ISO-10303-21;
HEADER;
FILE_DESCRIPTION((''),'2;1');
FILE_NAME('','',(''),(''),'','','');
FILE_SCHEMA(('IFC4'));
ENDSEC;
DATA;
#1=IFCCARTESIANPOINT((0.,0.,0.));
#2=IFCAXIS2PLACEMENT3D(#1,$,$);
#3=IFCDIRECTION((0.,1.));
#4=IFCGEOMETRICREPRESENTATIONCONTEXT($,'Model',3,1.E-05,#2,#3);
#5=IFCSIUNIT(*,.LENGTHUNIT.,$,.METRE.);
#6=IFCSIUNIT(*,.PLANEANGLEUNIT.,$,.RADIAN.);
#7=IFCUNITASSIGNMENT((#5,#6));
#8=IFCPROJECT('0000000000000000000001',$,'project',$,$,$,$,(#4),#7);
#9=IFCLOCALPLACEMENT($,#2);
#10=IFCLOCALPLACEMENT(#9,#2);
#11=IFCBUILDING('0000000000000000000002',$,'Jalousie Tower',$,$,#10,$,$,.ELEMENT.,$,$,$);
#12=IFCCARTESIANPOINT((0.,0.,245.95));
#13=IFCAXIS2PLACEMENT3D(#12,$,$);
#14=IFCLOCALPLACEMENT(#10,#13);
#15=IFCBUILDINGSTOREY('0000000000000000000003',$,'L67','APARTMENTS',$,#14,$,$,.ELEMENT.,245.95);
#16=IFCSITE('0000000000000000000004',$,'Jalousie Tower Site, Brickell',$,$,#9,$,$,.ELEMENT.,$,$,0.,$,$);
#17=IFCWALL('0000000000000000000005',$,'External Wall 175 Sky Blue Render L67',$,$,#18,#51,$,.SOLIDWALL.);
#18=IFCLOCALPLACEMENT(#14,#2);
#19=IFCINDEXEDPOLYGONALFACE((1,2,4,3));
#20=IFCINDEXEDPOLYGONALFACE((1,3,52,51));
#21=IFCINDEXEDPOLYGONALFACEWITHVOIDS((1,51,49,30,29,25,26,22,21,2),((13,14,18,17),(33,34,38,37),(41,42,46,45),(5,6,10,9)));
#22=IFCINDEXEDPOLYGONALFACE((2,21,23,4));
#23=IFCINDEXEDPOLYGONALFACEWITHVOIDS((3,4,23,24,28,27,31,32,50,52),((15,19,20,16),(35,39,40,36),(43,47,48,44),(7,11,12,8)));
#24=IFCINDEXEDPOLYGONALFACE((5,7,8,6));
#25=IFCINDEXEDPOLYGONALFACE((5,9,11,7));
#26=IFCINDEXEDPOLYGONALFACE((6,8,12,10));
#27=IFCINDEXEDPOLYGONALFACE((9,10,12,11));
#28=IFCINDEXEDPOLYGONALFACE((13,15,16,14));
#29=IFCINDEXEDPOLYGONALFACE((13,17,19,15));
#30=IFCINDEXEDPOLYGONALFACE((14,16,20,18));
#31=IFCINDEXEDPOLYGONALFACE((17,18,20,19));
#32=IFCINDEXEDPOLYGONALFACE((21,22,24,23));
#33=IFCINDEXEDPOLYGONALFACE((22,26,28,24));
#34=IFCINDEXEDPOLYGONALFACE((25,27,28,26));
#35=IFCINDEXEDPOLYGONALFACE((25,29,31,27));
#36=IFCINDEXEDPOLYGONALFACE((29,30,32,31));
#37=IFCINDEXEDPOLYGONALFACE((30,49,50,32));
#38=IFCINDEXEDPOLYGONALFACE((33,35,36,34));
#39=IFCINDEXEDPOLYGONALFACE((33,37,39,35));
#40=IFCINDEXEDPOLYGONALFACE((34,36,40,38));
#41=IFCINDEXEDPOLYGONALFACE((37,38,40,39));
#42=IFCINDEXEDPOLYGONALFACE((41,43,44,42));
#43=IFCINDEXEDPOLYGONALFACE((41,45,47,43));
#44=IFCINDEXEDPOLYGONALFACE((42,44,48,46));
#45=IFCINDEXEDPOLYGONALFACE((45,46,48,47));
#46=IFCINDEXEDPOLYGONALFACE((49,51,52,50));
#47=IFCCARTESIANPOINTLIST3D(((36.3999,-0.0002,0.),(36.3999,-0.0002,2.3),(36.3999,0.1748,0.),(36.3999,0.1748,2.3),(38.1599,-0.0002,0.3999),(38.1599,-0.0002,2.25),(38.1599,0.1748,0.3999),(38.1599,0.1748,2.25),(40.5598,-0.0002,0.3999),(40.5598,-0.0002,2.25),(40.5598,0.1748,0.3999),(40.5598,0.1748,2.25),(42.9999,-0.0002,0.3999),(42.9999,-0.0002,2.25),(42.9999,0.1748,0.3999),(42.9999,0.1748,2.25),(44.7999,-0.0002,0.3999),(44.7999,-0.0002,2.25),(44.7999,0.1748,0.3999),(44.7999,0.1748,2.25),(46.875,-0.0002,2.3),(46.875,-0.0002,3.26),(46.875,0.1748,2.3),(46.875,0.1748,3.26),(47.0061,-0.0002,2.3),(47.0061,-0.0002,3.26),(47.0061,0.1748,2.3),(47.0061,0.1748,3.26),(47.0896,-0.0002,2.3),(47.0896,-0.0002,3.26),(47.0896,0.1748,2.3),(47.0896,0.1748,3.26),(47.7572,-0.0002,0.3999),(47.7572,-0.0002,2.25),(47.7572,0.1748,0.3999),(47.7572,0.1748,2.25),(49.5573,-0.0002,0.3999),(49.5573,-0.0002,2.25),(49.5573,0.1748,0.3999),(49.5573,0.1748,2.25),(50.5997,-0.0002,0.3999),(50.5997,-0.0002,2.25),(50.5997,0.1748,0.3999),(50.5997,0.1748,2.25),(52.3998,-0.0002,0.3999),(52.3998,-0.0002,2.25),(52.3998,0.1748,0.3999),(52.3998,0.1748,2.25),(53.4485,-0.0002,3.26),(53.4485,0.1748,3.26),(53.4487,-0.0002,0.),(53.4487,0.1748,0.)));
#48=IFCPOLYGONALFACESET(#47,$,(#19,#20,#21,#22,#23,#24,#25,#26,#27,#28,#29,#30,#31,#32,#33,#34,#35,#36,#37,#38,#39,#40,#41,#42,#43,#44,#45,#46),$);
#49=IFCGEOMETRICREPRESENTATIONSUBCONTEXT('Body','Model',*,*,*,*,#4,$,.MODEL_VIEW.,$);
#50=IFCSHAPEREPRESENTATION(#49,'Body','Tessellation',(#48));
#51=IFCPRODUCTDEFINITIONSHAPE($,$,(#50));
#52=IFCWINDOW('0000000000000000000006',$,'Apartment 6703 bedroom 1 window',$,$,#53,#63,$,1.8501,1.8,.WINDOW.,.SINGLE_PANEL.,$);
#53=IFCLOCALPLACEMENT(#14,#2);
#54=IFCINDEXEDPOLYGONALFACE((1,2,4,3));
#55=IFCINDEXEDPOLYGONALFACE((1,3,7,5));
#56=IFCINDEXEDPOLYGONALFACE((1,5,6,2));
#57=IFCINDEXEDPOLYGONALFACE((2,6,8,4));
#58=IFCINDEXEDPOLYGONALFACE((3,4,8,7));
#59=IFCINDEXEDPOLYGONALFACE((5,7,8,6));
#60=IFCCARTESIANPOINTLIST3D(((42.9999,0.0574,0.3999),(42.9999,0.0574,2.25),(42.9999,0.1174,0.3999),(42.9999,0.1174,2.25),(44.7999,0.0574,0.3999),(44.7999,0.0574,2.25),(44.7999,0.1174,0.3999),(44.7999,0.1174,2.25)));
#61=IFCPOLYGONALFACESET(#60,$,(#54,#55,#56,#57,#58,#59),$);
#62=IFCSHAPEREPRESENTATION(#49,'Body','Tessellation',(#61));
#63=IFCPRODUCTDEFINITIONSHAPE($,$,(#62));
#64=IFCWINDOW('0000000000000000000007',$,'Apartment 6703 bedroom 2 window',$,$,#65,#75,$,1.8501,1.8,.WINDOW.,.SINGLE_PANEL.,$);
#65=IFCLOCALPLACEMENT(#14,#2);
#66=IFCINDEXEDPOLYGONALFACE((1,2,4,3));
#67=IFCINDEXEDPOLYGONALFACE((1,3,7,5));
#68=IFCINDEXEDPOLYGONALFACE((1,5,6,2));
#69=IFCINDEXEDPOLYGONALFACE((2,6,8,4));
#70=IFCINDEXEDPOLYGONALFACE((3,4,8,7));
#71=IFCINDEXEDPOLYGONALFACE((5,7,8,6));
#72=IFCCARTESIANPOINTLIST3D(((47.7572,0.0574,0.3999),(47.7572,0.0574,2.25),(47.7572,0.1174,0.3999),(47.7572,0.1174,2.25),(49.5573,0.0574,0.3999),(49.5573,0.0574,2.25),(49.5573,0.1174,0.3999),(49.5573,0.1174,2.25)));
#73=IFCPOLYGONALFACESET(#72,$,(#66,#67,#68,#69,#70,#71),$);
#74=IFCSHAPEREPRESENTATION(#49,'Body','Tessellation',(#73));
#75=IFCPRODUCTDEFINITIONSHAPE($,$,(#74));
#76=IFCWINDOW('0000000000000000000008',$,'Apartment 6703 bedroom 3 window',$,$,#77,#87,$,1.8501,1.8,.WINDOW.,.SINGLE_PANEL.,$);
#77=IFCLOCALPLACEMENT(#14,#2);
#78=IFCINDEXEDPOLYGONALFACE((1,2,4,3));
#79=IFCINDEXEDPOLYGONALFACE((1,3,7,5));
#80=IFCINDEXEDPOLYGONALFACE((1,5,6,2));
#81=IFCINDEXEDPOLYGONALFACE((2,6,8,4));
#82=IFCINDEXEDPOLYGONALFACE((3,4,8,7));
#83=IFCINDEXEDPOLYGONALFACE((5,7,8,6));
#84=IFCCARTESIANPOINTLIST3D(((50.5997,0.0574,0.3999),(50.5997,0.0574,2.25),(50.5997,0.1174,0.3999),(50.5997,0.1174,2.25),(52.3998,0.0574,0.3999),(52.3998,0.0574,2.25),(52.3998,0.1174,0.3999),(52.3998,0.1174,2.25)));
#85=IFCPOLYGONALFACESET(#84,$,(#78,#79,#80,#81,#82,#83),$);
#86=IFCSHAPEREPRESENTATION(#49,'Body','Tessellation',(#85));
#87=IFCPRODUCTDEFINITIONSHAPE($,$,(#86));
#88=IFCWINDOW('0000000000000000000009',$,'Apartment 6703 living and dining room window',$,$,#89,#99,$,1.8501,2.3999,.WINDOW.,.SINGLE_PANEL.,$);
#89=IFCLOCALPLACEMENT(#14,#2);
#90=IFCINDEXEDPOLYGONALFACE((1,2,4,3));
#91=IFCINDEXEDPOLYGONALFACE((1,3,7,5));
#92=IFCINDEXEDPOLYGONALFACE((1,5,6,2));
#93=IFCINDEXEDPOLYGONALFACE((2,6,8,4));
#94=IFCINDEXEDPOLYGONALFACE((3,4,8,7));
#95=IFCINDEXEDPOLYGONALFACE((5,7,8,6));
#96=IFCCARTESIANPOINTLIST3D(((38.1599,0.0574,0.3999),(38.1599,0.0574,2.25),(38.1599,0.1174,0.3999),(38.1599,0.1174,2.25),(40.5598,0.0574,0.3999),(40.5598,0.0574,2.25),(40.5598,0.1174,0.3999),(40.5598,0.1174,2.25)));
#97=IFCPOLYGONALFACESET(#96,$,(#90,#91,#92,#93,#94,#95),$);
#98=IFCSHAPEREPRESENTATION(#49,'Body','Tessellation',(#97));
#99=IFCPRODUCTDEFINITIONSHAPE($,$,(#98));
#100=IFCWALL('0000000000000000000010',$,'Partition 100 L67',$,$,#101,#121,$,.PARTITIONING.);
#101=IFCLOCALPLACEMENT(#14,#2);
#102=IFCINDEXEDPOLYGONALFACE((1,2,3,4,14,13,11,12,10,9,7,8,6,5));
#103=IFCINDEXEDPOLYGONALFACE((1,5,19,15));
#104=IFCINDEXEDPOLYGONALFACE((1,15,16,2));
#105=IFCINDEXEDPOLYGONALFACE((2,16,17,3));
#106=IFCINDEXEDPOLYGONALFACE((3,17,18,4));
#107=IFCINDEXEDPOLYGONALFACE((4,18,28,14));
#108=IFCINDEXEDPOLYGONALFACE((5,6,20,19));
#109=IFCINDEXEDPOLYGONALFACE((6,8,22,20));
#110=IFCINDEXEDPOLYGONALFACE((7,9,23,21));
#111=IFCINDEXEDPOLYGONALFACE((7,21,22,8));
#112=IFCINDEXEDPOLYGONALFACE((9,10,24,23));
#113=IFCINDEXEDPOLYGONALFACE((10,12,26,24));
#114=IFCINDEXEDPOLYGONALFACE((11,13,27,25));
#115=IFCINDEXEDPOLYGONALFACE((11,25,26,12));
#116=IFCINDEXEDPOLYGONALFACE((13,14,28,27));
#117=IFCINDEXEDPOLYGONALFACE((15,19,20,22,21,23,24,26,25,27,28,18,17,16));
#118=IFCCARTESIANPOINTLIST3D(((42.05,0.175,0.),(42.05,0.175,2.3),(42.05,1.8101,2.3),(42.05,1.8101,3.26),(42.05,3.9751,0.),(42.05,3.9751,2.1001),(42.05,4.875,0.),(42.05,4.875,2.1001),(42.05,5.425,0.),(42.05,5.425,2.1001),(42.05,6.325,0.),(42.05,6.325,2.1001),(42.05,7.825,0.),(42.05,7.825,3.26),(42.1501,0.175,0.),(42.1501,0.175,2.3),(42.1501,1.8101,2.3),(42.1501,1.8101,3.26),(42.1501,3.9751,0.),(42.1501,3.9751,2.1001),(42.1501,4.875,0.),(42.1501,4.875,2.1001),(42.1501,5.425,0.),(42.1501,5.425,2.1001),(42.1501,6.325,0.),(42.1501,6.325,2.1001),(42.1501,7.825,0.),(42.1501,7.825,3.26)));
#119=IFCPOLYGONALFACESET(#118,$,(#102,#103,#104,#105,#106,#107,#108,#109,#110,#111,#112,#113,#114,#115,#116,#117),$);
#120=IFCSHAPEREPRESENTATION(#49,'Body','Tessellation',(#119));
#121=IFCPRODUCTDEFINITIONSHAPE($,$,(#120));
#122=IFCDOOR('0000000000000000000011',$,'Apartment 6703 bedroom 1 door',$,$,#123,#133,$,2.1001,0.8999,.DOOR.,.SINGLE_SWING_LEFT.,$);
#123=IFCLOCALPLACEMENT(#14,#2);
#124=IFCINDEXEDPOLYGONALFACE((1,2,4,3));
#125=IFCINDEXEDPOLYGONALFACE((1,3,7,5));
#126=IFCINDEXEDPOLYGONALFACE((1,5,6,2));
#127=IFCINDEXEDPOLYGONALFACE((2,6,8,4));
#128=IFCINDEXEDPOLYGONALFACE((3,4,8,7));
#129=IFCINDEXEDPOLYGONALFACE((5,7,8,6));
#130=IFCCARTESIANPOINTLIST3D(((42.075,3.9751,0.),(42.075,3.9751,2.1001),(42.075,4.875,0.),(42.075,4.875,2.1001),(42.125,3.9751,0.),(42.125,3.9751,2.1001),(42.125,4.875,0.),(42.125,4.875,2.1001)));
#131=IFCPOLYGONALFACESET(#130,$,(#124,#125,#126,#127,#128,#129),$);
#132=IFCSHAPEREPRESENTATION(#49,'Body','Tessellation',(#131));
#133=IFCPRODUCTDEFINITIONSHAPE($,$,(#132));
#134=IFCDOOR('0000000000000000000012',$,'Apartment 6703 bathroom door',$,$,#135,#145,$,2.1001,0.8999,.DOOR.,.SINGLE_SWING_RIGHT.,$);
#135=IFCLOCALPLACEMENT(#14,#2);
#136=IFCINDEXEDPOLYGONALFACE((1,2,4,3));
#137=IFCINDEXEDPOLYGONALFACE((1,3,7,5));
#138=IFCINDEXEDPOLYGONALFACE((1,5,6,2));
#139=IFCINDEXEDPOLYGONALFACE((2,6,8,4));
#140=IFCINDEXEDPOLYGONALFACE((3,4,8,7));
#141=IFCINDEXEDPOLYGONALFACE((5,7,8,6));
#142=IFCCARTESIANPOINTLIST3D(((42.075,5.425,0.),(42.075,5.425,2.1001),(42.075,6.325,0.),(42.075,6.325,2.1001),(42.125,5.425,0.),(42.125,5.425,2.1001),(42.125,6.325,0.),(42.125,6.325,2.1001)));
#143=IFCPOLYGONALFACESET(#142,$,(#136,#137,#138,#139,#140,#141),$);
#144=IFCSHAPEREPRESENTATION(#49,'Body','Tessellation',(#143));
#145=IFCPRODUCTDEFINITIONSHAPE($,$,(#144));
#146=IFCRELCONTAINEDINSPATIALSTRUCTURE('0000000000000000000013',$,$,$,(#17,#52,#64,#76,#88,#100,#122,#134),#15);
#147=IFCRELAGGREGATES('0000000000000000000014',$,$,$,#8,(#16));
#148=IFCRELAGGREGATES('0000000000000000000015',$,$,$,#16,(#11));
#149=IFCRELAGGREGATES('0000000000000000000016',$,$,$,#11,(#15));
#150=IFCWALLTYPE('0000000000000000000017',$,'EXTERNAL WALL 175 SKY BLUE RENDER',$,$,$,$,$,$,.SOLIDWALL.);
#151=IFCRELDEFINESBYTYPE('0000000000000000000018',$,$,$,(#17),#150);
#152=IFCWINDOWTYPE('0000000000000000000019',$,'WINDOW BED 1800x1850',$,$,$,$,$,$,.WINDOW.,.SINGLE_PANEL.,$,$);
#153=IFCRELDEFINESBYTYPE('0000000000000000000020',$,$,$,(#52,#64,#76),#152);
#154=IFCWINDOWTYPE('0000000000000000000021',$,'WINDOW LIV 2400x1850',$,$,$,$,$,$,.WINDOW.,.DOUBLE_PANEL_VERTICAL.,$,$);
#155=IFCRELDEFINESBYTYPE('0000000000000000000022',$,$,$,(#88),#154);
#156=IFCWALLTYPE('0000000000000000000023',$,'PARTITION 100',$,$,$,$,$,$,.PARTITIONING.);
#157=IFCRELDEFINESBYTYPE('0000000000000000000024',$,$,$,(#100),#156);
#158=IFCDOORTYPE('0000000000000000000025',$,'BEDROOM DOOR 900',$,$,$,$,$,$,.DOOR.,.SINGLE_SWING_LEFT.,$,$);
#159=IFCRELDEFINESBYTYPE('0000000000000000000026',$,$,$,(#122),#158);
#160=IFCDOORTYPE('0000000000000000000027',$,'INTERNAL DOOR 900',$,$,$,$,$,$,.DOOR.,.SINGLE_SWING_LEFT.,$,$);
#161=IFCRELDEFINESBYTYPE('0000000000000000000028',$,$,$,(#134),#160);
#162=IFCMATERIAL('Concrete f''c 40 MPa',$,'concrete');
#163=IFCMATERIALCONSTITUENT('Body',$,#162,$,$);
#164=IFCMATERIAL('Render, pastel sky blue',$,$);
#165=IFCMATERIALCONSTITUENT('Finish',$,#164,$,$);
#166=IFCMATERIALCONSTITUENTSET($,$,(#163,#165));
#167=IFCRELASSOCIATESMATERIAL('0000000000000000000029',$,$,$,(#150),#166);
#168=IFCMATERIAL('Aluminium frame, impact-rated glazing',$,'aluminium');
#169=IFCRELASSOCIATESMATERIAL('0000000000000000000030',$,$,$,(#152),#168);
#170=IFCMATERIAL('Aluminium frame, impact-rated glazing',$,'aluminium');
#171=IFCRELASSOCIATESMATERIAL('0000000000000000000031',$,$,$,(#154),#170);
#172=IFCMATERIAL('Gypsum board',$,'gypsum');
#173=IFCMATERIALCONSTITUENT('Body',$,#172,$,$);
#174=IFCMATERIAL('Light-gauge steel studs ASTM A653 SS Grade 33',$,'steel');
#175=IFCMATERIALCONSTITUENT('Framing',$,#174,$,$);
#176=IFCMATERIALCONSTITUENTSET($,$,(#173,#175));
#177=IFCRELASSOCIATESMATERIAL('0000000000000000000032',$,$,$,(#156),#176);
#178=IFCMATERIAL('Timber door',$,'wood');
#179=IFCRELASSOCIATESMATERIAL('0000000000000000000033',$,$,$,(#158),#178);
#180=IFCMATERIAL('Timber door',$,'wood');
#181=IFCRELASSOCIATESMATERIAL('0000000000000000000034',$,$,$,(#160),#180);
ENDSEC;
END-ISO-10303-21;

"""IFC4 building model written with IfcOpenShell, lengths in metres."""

from ifc_helpers import new_model, si_unit, direction, frame, frame_2d, origin, place, context, subcontext, project, spatial, polyline, rectangle, outline, extrude, material, constituent, constituent_set, type_object, element, fill, save


model = new_model("IFC4")

# Units and contexts
model_context = context("Model", 3, precision=1e-05, world=origin(), true_north=direction((0.0, 1.0)))
body_context = subcontext(model_context, "Body", "Model", "MODEL_VIEW")
ifc_project = project(units=[si_unit("LENGTHUNIT", "METRE"), si_unit("PLANEANGLEUNIT", "RADIAN")], contexts=[model_context])

# Site, building, storey
site_placement = place(None, origin())
site = spatial("IfcSite", under=ifc_project, at=site_placement, Name="Jalousie Tower Site, Brickell", CompositionType="ELEMENT", RefElevation=0.0)
building_placement = place(site_placement, origin())
building = spatial("IfcBuilding", under=site, at=building_placement, Name="Jalousie Tower", CompositionType="ELEMENT")
storey_placement = place(building_placement, frame((0.0, 0.0, 245.95)))
storey = spatial("IfcBuildingStorey", under=building, at=storey_placement, Name="L67", Description="APARTMENTS", CompositionType="ELEMENT", Elevation=245.95)

# Wall, openings, windows
ifc_material_1 = material(Name="Concrete f'c 40 MPa", Category="concrete")
ifc_constituent_1 = constituent(ifc_material_1, Name="Body")
ifc_material_2 = material(Name="Render, pastel sky blue")
ifc_constituent_2 = constituent(ifc_material_2, Name="Finish")
ifc_constituent_set_1 = constituent_set(constituents=[ifc_constituent_1, ifc_constituent_2])
wall_type_1 = type_object("IfcWallType", Name="EXTERNAL WALL 175 SKY BLUE RENDER", PredefinedType="SOLIDWALL", material=ifc_constituent_set_1)
wall_1_placement = place(storey_placement, frame((36.3999, 0.0874, 0.0), z_axis=(0.0, 0.0, 1.0), x_axis=(1.0, 0.0, 0.0)))
wall_1 = element("IfcWall", 1, at=wall_1_placement, inside=storey, type_object=wall_type_1, Name="External Wall 175 Sky Blue Render L67", PredefinedType="SOLIDWALL", context=body_context, shape_type="SweptSolid", body=[
    extrude(outline(polyline([(0.0, 0.0), (17.0488, 0.0), (17.0486, 3.26), (10.6897, 3.26), (10.6897, 2.3), (10.6062, 2.3), (10.6062, 3.26), (10.4751, 3.26), (10.4751, 2.3), (0.0, 2.3), (0.0, 0.0)])), frame((0.0, 0.0874, 0.0), z_axis=(0.0, -1.0, 0.0), x_axis=(1.0, 0.0, 0.0)), (0.0, 0.0, 1.0), 0.175),
])
opening_1_placement = place(wall_1_placement, frame((1.76, 0.0, 0.3999)))
opening_1 = element("IfcOpeningElement", 2, at=opening_1_placement, cuts=wall_1, PredefinedType="OPENING", context=body_context, shape_type="SweptSolid", body=[
    extrude(rectangle(XDim=2.3999, YDim=1.8501, at=frame_2d((1.2, 0.925))), frame((0.0, 0.0974, 0.0), z_axis=(0.0, -1.0, 0.0), x_axis=(1.0, 0.0, 0.0)), (0.0, 0.0, 1.0), 0.1951),
])
opening_2_placement = place(wall_1_placement, frame((6.6001, 0.0, 0.3999)))
opening_2 = element("IfcOpeningElement", 3, at=opening_2_placement, cuts=wall_1, PredefinedType="OPENING", context=body_context, shape_type="SweptSolid", body=[
    extrude(rectangle(XDim=1.8, YDim=1.8501, at=frame_2d((0.8999, 0.925))), frame((0.0, 0.0974, 0.0), z_axis=(0.0, -1.0, 0.0), x_axis=(1.0, 0.0, 0.0)), (0.0, 0.0, 1.0), 0.1951),
])
opening_3_placement = place(wall_1_placement, frame((11.3574, 0.0, 0.3999)))
opening_3 = element("IfcOpeningElement", 4, at=opening_3_placement, cuts=wall_1, PredefinedType="OPENING", context=body_context, shape_type="SweptSolid", body=[
    extrude(rectangle(XDim=1.8, YDim=1.8501, at=frame_2d((0.8999, 0.925))), frame((0.0, 0.0974, 0.0), z_axis=(0.0, -1.0, 0.0), x_axis=(1.0, 0.0, 0.0)), (0.0, 0.0, 1.0), 0.1951),
])
opening_4_placement = place(wall_1_placement, frame((14.2, 0.0, 0.3999)))
opening_4 = element("IfcOpeningElement", 5, at=opening_4_placement, cuts=wall_1, PredefinedType="OPENING", context=body_context, shape_type="SweptSolid", body=[
    extrude(rectangle(XDim=1.8, YDim=1.8501, at=frame_2d((0.8999, 0.925))), frame((0.0, 0.0974, 0.0), z_axis=(0.0, -1.0, 0.0), x_axis=(1.0, 0.0, 0.0)), (0.0, 0.0, 1.0), 0.1951),
])
ifc_material_3 = material(Name="Aluminium frame, impact-rated glazing", Category="aluminium")
window_type_1 = type_object("IfcWindowType", Name="WINDOW BED 1800x1850", PartitioningType="SINGLE_PANEL", PredefinedType="WINDOW", material=ifc_material_3)
window_1_placement = place(opening_2_placement, origin())
window_1 = element("IfcWindow", 6, at=window_1_placement, inside=storey, type_object=window_type_1, Name="Apartment 6703 bedroom 1 window", OverallHeight=1.8501, OverallWidth=1.8, PartitioningType="SINGLE_PANEL", PredefinedType="WINDOW", context=body_context, shape_type="SweptSolid", body=[
    extrude(rectangle(XDim=1.8, YDim=1.8501, at=frame_2d((0.8999, 0.925))), frame((0.0, 0.03, 0.0), z_axis=(0.0, -1.0, 0.0), x_axis=(1.0, 0.0, 0.0)), (0.0, 0.0, 1.0), 0.0601),
])
fill(opening_2, window_1)
window_2_placement = place(opening_3_placement, origin())
window_2 = element("IfcWindow", 7, at=window_2_placement, inside=storey, type_object=window_type_1, Name="Apartment 6703 bedroom 2 window", OverallHeight=1.8501, OverallWidth=1.8, PartitioningType="SINGLE_PANEL", PredefinedType="WINDOW", context=body_context, shape_type="SweptSolid", body=[
    extrude(rectangle(XDim=1.8, YDim=1.8501, at=frame_2d((0.8999, 0.925))), frame((0.0, 0.03, 0.0), z_axis=(0.0, -1.0, 0.0), x_axis=(1.0, 0.0, 0.0)), (0.0, 0.0, 1.0), 0.0601),
])
fill(opening_3, window_2)
window_3_placement = place(opening_4_placement, origin())
window_3 = element("IfcWindow", 8, at=window_3_placement, inside=storey, type_object=window_type_1, Name="Apartment 6703 bedroom 3 window", OverallHeight=1.8501, OverallWidth=1.8, PartitioningType="SINGLE_PANEL", PredefinedType="WINDOW", context=body_context, shape_type="SweptSolid", body=[
    extrude(rectangle(XDim=1.8, YDim=1.8501, at=frame_2d((0.8999, 0.925))), frame((0.0, 0.03, 0.0), z_axis=(0.0, -1.0, 0.0), x_axis=(1.0, 0.0, 0.0)), (0.0, 0.0, 1.0), 0.0601),
])
fill(opening_4, window_3)
ifc_material_4 = material(Name="Aluminium frame, impact-rated glazing", Category="aluminium")
window_type_2 = type_object("IfcWindowType", Name="WINDOW LIV 2400x1850", PartitioningType="DOUBLE_PANEL_VERTICAL", PredefinedType="WINDOW", material=ifc_material_4)
window_4_placement = place(opening_1_placement, origin())
window_4 = element("IfcWindow", 9, at=window_4_placement, inside=storey, type_object=window_type_2, Name="Apartment 6703 living and dining room window", OverallHeight=1.8501, OverallWidth=2.3999, PartitioningType="SINGLE_PANEL", PredefinedType="WINDOW", context=body_context, shape_type="SweptSolid", body=[
    extrude(rectangle(XDim=2.3999, YDim=1.8501, at=frame_2d((1.2, 0.925))), frame((0.0, 0.03, 0.0), z_axis=(0.0, -1.0, 0.0), x_axis=(1.0, 0.0, 0.0)), (0.0, 0.0, 1.0), 0.0601),
])
fill(opening_1, window_4)

# Wall, openings, doors
ifc_material_5 = material(Name="Gypsum board", Category="gypsum")
ifc_constituent_3 = constituent(ifc_material_5, Name="Body")
ifc_material_6 = material(Name="Light-gauge steel studs ASTM A653 SS Grade 33", Category="steel")
ifc_constituent_4 = constituent(ifc_material_6, Name="Framing")
ifc_constituent_set_2 = constituent_set(constituents=[ifc_constituent_3, ifc_constituent_4])
wall_type_2 = type_object("IfcWallType", Name="PARTITION 100", PredefinedType="PARTITIONING", material=ifc_constituent_set_2)
wall_2_placement = place(storey_placement, frame((42.1001, 0.175, 0.0), z_axis=(0.0, 0.0, 1.0), x_axis=(0.0, 1.0, 0.0)))
wall_2 = element("IfcWall", 10, at=wall_2_placement, inside=storey, type_object=wall_type_2, Name="Partition 100 L67", PredefinedType="PARTITIONING", context=body_context, shape_type="SweptSolid", body=[
    extrude(outline(polyline([(0.0, 0.0), (7.6499, 0.0), (7.6499, 3.26), (1.635, 3.26), (1.635, 2.3), (0.0, 2.3), (0.0, 3.26), (0.0, 0.0)])), frame((0.0, 0.05, 0.0), z_axis=(0.0, -1.0, 0.0), x_axis=(1.0, 0.0, 0.0)), (0.0, 0.0, 1.0), 0.1001),
])
opening_5_placement = place(wall_2_placement, frame((3.8, 0.0, 0.0)))
opening_5 = element("IfcOpeningElement", 11, at=opening_5_placement, cuts=wall_2, PredefinedType="OPENING", context=body_context, shape_type="SweptSolid", body=[
    extrude(rectangle(XDim=0.8999, YDim=2.1001, at=frame_2d((0.45, 1.05))), frame((0.0, 0.0601, 0.0), z_axis=(0.0, -1.0, 0.0), x_axis=(1.0, 0.0, 0.0)), (0.0, 0.0, 1.0), 0.1201),
])
opening_6_placement = place(wall_2_placement, frame((5.25, 0.0, 0.0)))
opening_6 = element("IfcOpeningElement", 12, at=opening_6_placement, cuts=wall_2, PredefinedType="OPENING", context=body_context, shape_type="SweptSolid", body=[
    extrude(rectangle(XDim=0.8999, YDim=2.1001, at=frame_2d((0.45, 1.05))), frame((0.0, 0.0601, 0.0), z_axis=(0.0, -1.0, 0.0), x_axis=(1.0, 0.0, 0.0)), (0.0, 0.0, 1.0), 0.1201),
])
ifc_material_7 = material(Name="Timber door", Category="wood")
door_type_1 = type_object("IfcDoorType", Name="BEDROOM DOOR 900", OperationType="SINGLE_SWING_LEFT", PredefinedType="DOOR", material=ifc_material_7)
door_1_placement = place(opening_5_placement, frame((0.8999, 0.0, 0.0), z_axis=(0.0, 0.0, 1.0), x_axis=(-1.0, 0.0, 0.0)))
door_1 = element("IfcDoor", 13, at=door_1_placement, inside=storey, type_object=door_type_1, Name="Apartment 6703 bedroom 1 door", OperationType="SINGLE_SWING_LEFT", OverallHeight=2.1001, OverallWidth=0.8999, PredefinedType="DOOR", context=body_context, shape_type="SweptSolid", body=[
    extrude(rectangle(XDim=0.8999, YDim=2.1001, at=frame_2d((0.45, 1.05))), frame((0.0, 0.0249, 0.0), z_axis=(0.0, -1.0, 0.0), x_axis=(1.0, 0.0, 0.0)), (0.0, 0.0, 1.0), 0.05),
])
fill(opening_5, door_1)
ifc_material_8 = material(Name="Timber door", Category="wood")
door_type_2 = type_object("IfcDoorType", Name="INTERNAL DOOR 900", OperationType="SINGLE_SWING_LEFT", PredefinedType="DOOR", material=ifc_material_8)
door_2_placement = place(opening_6_placement, frame((0.8999, 0.0, 0.0), z_axis=(0.0, 0.0, 1.0), x_axis=(-1.0, 0.0, 0.0)))
door_2 = element("IfcDoor", 14, at=door_2_placement, inside=storey, type_object=door_type_2, Name="Apartment 6703 bathroom door", OperationType="SINGLE_SWING_RIGHT", OverallHeight=2.1001, OverallWidth=0.8999, PredefinedType="DOOR", context=body_context, shape_type="SweptSolid", body=[
    extrude(rectangle(XDim=0.8999, YDim=2.1001, at=frame_2d((0.45, 1.05))), frame((0.0, 0.0249, 0.0), z_axis=(0.0, -1.0, 0.0), x_axis=(1.0, 0.0, 0.0)), (0.0, 0.0, 1.0), 0.05),
])
fill(opening_6, door_2)

save(model, "model.ifc")
